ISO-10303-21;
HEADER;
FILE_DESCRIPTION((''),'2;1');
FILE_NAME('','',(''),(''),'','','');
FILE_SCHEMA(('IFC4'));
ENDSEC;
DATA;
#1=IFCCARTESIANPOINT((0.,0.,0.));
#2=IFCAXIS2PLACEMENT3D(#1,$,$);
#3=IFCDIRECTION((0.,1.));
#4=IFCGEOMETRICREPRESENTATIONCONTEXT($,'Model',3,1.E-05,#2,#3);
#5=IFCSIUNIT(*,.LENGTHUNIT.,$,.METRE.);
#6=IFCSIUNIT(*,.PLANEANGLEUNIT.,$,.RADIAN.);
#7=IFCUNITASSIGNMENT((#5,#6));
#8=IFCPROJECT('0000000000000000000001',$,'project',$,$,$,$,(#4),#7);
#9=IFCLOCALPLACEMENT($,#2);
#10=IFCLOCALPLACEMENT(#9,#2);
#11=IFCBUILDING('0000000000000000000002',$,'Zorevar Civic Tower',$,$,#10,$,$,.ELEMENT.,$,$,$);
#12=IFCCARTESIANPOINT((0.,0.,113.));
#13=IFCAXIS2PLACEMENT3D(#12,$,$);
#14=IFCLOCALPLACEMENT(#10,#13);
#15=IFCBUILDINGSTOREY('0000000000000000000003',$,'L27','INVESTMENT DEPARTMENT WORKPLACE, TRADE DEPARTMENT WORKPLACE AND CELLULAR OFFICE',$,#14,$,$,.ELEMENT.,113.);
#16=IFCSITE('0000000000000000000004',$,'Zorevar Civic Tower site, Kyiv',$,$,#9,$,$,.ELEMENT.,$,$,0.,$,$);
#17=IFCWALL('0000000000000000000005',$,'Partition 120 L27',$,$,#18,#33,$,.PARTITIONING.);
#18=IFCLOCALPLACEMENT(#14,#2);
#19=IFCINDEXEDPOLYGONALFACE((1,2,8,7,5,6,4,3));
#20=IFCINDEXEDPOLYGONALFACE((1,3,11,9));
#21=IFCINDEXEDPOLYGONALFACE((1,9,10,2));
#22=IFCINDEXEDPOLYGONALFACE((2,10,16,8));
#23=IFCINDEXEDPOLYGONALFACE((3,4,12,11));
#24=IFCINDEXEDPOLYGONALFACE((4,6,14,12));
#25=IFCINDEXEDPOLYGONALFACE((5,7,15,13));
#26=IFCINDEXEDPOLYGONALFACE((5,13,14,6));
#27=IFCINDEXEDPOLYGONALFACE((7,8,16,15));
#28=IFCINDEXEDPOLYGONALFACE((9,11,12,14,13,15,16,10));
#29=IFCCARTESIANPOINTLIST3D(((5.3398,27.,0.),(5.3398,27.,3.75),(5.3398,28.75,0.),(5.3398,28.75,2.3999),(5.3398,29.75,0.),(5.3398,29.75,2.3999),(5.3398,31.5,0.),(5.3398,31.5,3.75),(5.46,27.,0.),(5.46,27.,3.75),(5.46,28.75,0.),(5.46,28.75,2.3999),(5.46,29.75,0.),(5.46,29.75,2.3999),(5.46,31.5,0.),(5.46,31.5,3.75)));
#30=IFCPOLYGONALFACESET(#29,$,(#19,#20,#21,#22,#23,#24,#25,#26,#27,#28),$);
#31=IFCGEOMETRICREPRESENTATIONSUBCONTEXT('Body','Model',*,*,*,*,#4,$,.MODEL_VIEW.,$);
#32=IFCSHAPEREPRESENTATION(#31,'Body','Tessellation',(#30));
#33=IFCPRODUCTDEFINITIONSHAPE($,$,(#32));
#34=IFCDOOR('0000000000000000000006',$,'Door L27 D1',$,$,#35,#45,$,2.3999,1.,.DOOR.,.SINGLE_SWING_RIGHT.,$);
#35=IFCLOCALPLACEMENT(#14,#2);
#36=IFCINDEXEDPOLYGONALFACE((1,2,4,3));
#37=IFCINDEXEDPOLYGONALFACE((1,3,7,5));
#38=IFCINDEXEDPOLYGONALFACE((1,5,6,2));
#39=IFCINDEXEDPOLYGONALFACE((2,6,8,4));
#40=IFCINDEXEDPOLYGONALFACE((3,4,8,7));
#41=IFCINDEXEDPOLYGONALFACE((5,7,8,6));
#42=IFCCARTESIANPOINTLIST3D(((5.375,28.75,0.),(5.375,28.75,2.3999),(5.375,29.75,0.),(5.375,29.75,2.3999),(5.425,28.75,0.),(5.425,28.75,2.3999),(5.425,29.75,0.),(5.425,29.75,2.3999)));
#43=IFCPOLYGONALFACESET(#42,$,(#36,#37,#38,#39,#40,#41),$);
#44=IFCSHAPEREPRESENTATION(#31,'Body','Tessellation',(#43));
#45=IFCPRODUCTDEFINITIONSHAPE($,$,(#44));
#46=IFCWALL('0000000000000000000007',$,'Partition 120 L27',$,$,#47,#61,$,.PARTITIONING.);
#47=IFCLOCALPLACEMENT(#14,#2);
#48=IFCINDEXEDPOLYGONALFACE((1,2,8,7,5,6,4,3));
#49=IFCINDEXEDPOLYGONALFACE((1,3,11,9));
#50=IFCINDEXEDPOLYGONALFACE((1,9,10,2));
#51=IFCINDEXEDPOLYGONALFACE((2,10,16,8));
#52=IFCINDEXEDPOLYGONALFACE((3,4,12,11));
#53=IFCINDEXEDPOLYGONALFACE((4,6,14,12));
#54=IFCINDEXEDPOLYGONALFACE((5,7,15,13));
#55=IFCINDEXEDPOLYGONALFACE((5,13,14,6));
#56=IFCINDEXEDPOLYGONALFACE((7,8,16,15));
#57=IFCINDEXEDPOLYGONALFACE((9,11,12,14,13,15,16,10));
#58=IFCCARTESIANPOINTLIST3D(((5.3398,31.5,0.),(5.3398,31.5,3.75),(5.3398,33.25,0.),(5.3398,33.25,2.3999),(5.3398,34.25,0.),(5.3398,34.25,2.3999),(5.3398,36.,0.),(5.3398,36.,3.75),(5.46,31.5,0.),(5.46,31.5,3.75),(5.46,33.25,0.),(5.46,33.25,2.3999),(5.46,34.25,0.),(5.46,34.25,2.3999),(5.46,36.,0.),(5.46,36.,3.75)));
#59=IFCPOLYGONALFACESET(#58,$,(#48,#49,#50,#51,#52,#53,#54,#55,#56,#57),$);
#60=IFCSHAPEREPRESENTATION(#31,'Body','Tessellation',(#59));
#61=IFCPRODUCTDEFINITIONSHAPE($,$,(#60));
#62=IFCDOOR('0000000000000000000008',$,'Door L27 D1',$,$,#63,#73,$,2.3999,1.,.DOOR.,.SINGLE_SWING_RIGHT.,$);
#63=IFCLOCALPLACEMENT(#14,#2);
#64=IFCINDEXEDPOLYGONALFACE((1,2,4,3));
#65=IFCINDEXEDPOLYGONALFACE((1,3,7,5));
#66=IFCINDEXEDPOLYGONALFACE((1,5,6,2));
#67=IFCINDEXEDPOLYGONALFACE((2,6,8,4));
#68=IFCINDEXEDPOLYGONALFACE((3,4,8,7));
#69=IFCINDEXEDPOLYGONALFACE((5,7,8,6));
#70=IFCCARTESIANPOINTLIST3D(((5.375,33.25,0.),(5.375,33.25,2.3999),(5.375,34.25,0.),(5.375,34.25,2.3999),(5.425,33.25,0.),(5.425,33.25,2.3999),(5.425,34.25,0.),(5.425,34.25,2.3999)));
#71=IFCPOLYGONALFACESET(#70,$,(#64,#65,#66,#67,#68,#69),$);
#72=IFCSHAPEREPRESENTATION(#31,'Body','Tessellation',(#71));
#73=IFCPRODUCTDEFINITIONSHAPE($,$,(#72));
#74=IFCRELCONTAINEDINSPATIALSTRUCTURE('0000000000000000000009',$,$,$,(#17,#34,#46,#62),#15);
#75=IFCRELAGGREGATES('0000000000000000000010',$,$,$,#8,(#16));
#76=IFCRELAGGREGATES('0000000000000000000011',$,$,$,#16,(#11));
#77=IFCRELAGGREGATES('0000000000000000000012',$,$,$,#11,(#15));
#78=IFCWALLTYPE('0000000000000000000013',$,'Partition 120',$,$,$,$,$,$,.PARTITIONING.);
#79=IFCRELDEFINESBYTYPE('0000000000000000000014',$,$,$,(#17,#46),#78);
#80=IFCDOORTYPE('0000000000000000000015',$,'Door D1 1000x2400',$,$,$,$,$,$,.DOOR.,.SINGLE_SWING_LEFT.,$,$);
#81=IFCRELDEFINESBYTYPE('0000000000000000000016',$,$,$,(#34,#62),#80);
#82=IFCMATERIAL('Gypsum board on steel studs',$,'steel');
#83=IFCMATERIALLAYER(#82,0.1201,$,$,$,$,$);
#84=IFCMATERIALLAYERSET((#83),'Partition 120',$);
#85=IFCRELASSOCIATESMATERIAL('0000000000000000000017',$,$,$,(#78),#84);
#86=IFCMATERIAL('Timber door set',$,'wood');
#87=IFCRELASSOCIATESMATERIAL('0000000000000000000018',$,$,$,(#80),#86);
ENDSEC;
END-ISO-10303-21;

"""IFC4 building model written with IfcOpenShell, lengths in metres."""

from ifc_helpers import new_model, si_unit, direction, frame, frame_2d, origin, place, context, subcontext, project, spatial, rectangle, extrude, material, layer, layer_set, type_object, element, fill, save


model = new_model("IFC4")

# Units and contexts
model_context = context("Model", 3, precision=1e-05, world=origin(), true_north=direction((0.0, 1.0)))
body_context = subcontext(model_context, "Body", "Model", "MODEL_VIEW")
ifc_project = project(units=[si_unit("LENGTHUNIT", "METRE"), si_unit("PLANEANGLEUNIT", "RADIAN")], contexts=[model_context])

# Site, building, storey
site_placement = place(None, origin())
site = spatial("IfcSite", under=ifc_project, at=site_placement, Name="Zorevar Civic Tower site, Kyiv", CompositionType="ELEMENT", RefElevation=0.0)
building_placement = place(site_placement, origin())
building = spatial("IfcBuilding", under=site, at=building_placement, Name="Zorevar Civic Tower", CompositionType="ELEMENT")
storey_placement = place(building_placement, frame((0.0, 0.0, 113.0)))
storey = spatial("IfcBuildingStorey", under=building, at=storey_placement, Name="L27", Description="INVESTMENT DEPARTMENT WORKPLACE, TRADE DEPARTMENT WORKPLACE AND CELLULAR OFFICE", CompositionType="ELEMENT", Elevation=113.0)

# Walls, openings, doors
ifc_material_1 = material(Name="Gypsum board on steel studs", Category="steel")
ifc_layer_1 = layer(ifc_material_1, 0.1201)
ifc_layer_set_1 = layer_set([ifc_layer_1], Name="Partition 120")
wall_type_1 = type_object("IfcWallType", Name="Partition 120", PredefinedType="PARTITIONING", material=ifc_layer_set_1)
ifc_material_2 = material(Name="Timber door set", Category="wood")
door_type = type_object("IfcDoorType", Name="Door D1 1000x2400", OperationType="SINGLE_SWING_LEFT", PredefinedType="DOOR", material=ifc_material_2)
wall_1_placement = place(storey_placement, frame((5.3999, 27.0, 0.0), z_axis=(0.0, 0.0, 1.0), x_axis=(0.0, 1.0, 0.0)))
wall_1 = element("IfcWall", 1, at=wall_1_placement, inside=storey, type_object=wall_type_1, Name="Partition 120 L27", PredefinedType="PARTITIONING", context=body_context, shape_type="SweptSolid", body=[
    extrude(rectangle(XDim=4.5, YDim=0.1201, at=frame_2d((2.25, 0.0))), origin(), (0.0, 0.0, 1.0), 3.75),
])
opening_1_placement = place(wall_1_placement, frame((1.75, 0.0, 0.0)))
opening_1 = element("IfcOpeningElement", 2, at=opening_1_placement, cuts=wall_1, PredefinedType="OPENING", context=body_context, shape_type="SweptSolid", body=[
    extrude(rectangle(XDim=1.0, YDim=2.3999, at=frame_2d((0.5, 1.2))), frame((0.0, 0.0701, 0.0), z_axis=(0.0, -1.0, 0.0), x_axis=(1.0, 0.0, 0.0)), (0.0, 0.0, 1.0), 0.1401),
])
door_1_placement = place(opening_1_placement, origin())
door_1 = element("IfcDoor", 3, at=door_1_placement, inside=storey, type_object=door_type, Name="Door L27 D1", OperationType="SINGLE_SWING_RIGHT", OverallHeight=2.3999, OverallWidth=1.0, PredefinedType="DOOR", context=body_context, shape_type="SweptSolid", body=[
    extrude(rectangle(XDim=1.0, YDim=2.3999, at=frame_2d((0.5, 1.2))), frame((0.0, 0.0249, 0.0), z_axis=(0.0, -1.0, 0.0), x_axis=(1.0, 0.0, 0.0)), (0.0, 0.0, 1.0), 0.05),
])
fill(opening_1, door_1)
wall_2_placement = place(storey_placement, frame((5.3999, 31.5, 0.0), z_axis=(0.0, 0.0, 1.0), x_axis=(0.0, 1.0, 0.0)))
wall_2 = element("IfcWall", 4, at=wall_2_placement, inside=storey, type_object=wall_type_1, Name="Partition 120 L27", PredefinedType="PARTITIONING", context=body_context, shape_type="SweptSolid", body=[
    extrude(rectangle(XDim=4.5, YDim=0.1201, at=frame_2d((2.25, 0.0))), origin(), (0.0, 0.0, 1.0), 3.75),
])
opening_2_placement = place(wall_2_placement, frame((1.75, 0.0, 0.0)))
opening_2 = element("IfcOpeningElement", 5, at=opening_2_placement, cuts=wall_2, PredefinedType="OPENING", context=body_context, shape_type="SweptSolid", body=[
    extrude(rectangle(XDim=1.0, YDim=2.3999, at=frame_2d((0.5, 1.2))), frame((0.0, 0.0701, 0.0), z_axis=(0.0, -1.0, 0.0), x_axis=(1.0, 0.0, 0.0)), (0.0, 0.0, 1.0), 0.1401),
])
door_2_placement = place(opening_2_placement, origin())
door_2 = element("IfcDoor", 6, at=door_2_placement, inside=storey, type_object=door_type, Name="Door L27 D1", OperationType="SINGLE_SWING_RIGHT", OverallHeight=2.3999, OverallWidth=1.0, PredefinedType="DOOR", context=body_context, shape_type="SweptSolid", body=[
    extrude(rectangle(XDim=1.0, YDim=2.3999, at=frame_2d((0.5, 1.2))), frame((0.0, 0.0249, 0.0), z_axis=(0.0, -1.0, 0.0), x_axis=(1.0, 0.0, 0.0)), (0.0, 0.0, 1.0), 0.05),
])
fill(opening_2, door_2)

save(model, "model.ifc")
